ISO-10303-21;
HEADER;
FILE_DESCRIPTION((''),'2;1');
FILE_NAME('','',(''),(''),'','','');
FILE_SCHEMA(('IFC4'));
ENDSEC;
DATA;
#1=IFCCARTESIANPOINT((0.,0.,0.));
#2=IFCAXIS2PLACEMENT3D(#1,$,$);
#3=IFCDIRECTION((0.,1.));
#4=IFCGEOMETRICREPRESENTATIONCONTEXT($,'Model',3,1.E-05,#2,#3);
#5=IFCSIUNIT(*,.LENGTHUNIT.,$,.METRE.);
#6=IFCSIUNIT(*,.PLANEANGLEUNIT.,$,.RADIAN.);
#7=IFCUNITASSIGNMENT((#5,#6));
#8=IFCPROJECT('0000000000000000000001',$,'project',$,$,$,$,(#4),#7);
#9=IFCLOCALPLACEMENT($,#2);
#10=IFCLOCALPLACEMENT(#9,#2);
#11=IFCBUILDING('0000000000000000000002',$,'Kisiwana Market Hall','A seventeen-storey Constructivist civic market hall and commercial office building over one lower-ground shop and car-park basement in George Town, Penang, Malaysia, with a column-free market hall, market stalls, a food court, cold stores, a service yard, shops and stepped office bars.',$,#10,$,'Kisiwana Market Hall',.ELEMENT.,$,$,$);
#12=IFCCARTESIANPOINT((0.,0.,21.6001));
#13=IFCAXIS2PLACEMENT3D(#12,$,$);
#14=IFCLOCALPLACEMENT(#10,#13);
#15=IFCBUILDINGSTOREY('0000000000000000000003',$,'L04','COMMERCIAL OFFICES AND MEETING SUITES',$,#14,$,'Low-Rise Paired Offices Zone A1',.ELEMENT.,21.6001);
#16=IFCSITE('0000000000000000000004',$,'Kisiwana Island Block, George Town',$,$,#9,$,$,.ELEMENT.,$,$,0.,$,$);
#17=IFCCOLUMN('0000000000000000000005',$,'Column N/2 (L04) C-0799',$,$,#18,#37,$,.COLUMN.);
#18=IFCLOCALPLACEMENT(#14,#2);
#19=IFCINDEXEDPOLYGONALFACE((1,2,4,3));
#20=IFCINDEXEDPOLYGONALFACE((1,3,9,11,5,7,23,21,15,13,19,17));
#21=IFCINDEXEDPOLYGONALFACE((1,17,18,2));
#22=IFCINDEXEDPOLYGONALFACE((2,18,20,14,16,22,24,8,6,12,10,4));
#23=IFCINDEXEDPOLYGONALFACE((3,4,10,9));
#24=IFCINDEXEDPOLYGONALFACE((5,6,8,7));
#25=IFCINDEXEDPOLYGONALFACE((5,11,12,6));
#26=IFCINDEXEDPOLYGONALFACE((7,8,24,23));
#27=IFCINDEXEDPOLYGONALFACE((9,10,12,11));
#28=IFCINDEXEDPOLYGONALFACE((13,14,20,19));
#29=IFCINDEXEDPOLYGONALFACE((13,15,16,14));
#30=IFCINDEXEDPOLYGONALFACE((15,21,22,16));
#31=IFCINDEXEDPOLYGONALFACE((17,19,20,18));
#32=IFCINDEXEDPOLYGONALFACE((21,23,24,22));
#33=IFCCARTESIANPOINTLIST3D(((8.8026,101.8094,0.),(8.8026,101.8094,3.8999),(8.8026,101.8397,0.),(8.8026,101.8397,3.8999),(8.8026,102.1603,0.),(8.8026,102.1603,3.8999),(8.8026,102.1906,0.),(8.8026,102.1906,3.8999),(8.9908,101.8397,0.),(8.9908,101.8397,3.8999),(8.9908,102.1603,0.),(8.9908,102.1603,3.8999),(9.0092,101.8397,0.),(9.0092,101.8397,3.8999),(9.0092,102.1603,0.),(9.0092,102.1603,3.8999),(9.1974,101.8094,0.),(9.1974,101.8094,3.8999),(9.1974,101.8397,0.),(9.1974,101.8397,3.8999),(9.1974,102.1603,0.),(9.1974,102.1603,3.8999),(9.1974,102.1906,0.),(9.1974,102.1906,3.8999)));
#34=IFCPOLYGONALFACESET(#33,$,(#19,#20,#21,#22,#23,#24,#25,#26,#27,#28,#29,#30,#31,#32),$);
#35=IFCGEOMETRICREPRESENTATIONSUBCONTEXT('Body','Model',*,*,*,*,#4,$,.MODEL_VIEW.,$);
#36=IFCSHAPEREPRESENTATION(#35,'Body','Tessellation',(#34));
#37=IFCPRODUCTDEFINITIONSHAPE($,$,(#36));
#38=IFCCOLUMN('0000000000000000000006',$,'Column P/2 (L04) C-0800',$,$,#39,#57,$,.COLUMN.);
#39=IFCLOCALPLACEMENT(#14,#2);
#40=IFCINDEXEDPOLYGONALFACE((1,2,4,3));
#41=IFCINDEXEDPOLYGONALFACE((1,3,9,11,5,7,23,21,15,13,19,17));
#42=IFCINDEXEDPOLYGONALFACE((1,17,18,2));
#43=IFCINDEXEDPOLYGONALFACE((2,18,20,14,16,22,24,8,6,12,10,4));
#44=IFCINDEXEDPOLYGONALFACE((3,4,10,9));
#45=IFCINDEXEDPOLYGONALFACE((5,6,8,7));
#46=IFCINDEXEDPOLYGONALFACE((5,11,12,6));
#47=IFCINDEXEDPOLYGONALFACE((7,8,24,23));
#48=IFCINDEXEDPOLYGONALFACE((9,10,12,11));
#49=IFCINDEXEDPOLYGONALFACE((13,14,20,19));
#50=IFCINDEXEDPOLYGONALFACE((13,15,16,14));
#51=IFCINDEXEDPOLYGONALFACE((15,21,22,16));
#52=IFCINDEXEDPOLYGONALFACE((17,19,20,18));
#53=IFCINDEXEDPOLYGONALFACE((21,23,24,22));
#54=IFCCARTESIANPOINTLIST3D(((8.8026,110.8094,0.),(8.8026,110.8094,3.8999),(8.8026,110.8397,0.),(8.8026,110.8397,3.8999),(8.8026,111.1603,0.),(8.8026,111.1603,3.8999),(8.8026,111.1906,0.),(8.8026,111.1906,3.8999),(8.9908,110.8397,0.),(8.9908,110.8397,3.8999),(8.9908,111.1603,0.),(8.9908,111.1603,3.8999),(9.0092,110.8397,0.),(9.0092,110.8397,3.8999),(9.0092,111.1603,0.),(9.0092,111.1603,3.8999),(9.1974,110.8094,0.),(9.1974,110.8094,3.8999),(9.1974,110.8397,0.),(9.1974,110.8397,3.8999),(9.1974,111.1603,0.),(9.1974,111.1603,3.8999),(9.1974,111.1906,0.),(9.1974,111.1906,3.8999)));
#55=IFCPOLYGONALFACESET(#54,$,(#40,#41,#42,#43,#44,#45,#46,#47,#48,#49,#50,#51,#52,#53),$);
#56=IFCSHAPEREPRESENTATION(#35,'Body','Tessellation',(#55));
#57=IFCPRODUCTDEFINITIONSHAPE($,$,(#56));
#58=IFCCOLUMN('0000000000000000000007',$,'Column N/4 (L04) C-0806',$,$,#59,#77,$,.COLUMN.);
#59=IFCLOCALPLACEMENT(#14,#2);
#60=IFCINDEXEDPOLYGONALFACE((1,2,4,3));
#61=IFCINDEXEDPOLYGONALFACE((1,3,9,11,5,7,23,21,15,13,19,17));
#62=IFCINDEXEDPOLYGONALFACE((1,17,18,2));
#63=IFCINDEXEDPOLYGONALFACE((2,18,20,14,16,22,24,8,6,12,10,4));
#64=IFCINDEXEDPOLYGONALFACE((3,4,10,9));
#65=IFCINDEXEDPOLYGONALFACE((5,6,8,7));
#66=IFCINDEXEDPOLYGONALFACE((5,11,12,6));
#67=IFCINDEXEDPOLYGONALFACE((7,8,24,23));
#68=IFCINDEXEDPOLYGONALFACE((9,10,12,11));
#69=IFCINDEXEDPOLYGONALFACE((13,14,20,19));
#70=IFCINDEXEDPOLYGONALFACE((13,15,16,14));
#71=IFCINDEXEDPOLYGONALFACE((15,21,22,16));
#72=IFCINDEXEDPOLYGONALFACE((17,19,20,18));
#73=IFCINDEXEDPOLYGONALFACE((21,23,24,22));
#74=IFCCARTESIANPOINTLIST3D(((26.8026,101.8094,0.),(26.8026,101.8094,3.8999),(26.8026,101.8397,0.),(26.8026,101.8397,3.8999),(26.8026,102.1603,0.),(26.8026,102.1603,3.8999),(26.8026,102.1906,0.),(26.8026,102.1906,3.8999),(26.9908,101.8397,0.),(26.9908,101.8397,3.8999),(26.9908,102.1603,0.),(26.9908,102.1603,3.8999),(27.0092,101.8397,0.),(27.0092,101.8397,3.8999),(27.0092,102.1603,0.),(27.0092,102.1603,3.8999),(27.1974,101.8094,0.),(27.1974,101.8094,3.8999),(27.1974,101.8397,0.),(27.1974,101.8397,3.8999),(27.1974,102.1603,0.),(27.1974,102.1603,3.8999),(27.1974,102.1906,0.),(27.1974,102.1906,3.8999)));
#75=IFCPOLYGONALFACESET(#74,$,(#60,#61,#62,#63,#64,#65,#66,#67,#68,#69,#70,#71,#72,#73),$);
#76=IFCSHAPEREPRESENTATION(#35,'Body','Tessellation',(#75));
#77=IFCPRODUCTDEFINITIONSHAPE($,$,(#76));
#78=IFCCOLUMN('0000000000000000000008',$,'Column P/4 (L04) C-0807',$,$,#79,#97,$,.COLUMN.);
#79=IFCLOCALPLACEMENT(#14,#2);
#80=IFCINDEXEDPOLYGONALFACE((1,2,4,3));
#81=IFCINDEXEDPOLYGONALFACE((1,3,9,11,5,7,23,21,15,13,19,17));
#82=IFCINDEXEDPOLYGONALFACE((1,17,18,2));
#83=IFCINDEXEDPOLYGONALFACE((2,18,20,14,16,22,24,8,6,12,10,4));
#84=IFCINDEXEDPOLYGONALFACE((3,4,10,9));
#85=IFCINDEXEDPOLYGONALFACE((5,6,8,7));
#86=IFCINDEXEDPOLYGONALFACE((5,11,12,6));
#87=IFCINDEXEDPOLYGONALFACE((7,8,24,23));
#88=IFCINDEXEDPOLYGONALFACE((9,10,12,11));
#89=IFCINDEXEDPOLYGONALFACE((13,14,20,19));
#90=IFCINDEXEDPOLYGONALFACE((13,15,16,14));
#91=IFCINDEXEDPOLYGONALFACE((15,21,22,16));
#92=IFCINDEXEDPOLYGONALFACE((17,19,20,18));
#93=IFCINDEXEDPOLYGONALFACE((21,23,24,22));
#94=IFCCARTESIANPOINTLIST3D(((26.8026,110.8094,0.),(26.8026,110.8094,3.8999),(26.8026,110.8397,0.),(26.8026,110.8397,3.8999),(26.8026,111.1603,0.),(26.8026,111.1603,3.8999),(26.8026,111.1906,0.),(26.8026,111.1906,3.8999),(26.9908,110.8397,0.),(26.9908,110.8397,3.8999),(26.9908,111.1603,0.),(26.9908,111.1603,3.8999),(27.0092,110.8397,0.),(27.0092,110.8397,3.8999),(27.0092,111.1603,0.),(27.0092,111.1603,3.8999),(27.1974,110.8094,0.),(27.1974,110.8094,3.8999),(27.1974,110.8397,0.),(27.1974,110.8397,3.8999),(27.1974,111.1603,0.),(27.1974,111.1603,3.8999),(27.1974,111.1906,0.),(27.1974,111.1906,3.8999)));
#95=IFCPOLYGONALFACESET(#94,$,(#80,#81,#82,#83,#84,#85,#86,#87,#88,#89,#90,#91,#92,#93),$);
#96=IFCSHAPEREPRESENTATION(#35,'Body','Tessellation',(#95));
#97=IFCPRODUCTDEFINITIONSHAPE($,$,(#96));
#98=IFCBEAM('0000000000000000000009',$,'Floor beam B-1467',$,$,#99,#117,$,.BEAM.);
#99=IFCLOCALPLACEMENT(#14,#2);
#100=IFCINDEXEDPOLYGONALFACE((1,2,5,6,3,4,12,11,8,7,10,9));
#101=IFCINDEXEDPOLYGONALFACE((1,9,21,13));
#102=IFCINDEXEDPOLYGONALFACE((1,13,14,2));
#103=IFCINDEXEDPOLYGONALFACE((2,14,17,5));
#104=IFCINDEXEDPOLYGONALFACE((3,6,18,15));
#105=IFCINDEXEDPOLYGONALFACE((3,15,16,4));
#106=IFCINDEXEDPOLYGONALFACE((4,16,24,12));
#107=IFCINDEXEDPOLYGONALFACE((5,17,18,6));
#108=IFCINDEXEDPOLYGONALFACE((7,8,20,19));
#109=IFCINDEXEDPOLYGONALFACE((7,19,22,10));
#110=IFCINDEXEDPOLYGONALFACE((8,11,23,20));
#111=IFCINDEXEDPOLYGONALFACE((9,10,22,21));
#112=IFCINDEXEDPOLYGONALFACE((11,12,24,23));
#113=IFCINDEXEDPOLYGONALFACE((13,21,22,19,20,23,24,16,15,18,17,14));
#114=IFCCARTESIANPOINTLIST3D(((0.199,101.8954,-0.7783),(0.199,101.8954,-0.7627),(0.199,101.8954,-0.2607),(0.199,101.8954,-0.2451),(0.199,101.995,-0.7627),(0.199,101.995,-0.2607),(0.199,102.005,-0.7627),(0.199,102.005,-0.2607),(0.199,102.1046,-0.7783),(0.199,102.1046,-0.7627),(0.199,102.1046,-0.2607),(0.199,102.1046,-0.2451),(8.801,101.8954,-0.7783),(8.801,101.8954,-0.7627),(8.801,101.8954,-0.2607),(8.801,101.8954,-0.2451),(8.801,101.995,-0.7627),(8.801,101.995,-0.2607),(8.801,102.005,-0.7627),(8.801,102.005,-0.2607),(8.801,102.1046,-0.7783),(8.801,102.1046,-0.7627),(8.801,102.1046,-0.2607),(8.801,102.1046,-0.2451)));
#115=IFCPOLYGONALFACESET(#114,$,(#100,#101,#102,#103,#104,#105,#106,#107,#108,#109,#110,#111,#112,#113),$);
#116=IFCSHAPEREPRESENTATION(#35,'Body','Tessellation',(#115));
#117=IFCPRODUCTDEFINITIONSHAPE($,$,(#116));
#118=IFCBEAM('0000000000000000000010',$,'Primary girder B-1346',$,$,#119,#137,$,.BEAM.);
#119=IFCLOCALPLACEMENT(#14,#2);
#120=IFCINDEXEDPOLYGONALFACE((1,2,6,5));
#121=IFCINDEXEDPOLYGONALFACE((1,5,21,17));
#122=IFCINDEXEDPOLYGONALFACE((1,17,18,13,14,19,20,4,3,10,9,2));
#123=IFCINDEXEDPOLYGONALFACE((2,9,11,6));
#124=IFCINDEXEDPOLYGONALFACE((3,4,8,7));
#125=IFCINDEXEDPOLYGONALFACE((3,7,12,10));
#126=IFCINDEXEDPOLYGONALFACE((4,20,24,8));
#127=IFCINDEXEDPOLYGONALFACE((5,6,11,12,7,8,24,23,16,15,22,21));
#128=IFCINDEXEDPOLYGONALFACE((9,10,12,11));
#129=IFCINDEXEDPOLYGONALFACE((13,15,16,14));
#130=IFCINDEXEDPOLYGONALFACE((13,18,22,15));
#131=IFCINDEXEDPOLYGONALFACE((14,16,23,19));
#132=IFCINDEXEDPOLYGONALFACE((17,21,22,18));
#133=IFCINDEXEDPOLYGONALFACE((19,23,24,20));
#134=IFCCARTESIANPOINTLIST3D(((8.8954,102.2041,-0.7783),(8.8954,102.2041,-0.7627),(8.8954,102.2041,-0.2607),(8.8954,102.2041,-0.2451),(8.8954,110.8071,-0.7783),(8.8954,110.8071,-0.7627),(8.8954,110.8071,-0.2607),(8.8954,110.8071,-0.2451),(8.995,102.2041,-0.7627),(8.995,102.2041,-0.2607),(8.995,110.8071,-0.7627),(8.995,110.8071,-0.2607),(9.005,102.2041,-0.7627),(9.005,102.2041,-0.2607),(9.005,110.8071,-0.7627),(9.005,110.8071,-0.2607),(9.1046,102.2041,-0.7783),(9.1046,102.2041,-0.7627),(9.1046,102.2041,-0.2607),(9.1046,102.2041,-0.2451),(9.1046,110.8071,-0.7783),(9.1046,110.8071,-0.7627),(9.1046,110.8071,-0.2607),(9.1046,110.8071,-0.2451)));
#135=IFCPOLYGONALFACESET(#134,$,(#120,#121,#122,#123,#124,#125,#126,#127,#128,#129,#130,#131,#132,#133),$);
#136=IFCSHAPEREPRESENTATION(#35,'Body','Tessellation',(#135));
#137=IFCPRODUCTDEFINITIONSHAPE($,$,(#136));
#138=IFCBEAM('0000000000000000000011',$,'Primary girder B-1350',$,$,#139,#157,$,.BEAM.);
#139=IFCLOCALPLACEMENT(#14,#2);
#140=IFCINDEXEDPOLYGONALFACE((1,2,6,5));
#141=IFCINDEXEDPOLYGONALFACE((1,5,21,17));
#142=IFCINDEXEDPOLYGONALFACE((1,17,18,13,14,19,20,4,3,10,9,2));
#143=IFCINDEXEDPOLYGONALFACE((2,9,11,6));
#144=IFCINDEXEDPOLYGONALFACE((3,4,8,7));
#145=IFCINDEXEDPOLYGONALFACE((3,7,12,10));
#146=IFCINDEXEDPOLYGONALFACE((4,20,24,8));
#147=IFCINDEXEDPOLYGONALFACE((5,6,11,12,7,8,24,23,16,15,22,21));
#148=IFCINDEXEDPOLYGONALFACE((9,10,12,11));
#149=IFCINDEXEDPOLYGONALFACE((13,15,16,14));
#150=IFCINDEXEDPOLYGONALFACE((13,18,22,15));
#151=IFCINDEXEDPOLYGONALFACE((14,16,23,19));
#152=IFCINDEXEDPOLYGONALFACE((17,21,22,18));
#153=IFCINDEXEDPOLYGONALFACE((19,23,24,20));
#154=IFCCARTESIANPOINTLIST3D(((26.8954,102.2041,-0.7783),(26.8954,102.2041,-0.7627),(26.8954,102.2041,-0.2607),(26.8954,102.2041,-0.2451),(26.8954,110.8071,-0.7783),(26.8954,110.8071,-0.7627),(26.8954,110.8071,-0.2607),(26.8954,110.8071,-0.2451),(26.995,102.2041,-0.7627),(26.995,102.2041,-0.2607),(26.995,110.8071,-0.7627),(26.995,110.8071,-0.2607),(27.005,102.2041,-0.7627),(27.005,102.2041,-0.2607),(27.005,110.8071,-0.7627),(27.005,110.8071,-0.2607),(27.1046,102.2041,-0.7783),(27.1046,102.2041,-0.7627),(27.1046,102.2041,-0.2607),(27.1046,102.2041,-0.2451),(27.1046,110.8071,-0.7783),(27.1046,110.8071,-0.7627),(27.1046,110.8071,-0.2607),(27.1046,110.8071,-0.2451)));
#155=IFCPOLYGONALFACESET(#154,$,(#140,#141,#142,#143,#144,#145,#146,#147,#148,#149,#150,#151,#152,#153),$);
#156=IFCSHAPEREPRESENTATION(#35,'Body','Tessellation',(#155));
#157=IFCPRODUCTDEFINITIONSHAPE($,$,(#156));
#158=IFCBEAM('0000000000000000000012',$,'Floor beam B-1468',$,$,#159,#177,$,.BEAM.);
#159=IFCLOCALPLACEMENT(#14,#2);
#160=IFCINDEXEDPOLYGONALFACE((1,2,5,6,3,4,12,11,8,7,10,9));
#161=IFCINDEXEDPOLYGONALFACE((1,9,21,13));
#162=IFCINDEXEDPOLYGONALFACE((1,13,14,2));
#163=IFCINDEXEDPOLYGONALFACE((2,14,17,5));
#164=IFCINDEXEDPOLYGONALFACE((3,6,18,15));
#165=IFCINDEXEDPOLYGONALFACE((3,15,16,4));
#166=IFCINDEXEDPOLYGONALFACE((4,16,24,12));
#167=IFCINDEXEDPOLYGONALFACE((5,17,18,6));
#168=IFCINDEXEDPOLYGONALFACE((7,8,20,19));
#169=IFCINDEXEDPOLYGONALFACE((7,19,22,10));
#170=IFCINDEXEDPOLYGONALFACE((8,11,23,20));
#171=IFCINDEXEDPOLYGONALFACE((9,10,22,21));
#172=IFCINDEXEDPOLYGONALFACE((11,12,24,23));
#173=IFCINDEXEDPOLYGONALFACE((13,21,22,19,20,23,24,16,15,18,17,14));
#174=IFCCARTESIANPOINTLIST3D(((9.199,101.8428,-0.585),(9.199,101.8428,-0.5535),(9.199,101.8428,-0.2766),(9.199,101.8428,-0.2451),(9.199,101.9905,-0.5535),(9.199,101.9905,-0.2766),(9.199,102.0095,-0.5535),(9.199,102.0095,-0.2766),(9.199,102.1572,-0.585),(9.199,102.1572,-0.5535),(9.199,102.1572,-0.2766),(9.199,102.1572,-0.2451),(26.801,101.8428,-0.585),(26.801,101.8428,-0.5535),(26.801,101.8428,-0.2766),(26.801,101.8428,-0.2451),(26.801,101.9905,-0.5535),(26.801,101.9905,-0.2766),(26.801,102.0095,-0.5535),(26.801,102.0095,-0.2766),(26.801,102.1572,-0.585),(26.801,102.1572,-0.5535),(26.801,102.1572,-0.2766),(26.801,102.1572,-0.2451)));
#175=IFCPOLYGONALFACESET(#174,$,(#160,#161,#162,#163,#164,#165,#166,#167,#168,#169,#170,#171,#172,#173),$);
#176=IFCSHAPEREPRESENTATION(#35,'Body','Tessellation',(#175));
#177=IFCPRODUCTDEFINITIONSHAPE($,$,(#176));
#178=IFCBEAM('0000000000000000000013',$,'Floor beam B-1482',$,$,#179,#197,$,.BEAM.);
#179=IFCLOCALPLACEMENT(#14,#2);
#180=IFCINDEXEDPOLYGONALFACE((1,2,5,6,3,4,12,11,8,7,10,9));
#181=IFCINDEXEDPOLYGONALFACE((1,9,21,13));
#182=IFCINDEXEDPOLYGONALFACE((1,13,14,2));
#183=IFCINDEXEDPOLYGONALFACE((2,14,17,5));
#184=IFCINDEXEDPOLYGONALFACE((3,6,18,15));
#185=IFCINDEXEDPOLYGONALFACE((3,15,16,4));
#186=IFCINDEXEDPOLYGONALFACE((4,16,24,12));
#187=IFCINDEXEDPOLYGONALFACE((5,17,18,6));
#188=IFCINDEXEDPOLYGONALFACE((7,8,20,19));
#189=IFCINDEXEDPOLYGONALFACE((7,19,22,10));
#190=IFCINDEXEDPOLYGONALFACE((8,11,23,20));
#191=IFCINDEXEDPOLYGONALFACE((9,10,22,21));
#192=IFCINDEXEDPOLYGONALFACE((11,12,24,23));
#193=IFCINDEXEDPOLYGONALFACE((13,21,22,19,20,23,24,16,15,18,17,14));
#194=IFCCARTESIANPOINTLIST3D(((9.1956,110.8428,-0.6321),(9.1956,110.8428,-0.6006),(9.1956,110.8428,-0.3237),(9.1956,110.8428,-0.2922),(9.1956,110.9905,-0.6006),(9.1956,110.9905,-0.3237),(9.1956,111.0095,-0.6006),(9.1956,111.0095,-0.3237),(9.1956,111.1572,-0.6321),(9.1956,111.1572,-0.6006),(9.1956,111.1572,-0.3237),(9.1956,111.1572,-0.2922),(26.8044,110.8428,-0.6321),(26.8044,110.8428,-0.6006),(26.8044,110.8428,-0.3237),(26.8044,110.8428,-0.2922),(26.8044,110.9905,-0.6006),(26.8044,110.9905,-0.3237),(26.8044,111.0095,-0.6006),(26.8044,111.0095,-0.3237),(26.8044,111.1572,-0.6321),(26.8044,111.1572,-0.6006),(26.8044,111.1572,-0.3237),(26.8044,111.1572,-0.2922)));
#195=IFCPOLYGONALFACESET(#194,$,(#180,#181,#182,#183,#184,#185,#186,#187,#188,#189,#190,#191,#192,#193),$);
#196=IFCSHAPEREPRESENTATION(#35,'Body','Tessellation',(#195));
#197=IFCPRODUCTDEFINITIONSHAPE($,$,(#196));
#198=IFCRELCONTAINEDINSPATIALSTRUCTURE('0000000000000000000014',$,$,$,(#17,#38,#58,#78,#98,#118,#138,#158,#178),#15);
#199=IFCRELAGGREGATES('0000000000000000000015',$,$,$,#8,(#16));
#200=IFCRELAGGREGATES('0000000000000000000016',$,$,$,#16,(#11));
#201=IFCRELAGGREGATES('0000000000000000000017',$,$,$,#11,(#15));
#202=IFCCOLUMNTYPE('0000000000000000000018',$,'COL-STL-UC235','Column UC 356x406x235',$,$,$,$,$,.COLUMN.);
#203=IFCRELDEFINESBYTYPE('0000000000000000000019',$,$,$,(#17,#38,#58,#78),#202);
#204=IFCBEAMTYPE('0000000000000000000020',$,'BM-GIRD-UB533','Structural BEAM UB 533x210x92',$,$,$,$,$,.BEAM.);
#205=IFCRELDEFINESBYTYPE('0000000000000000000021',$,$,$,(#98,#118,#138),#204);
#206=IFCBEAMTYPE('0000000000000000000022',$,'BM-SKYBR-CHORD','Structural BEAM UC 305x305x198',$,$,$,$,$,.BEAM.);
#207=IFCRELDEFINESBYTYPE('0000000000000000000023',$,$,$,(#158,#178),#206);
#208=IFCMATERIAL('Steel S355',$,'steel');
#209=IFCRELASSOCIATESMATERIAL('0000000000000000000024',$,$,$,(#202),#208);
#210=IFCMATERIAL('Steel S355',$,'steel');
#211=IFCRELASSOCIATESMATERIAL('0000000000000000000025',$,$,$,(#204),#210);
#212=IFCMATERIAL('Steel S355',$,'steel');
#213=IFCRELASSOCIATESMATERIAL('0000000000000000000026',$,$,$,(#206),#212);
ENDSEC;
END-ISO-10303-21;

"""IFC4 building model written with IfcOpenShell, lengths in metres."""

from ifc_helpers import new_model, si_unit, direction, frame, origin, origin_2d, place, context, subcontext, project, spatial, i_section, extrude, material, material_profile, profile_set, type_object, element, save


model = new_model("IFC4")

# Units and contexts
model_context = context("Model", 3, precision=1e-05, world=origin(), true_north=direction((0.0, 1.0)))
body_context = subcontext(model_context, "Body", "Model", "MODEL_VIEW")
ifc_project = project(units=[si_unit("LENGTHUNIT", "METRE"), si_unit("PLANEANGLEUNIT", "RADIAN")], contexts=[model_context])

# Site, building, storey
site_placement = place(None, origin())
site = spatial("IfcSite", under=ifc_project, at=site_placement, Name="Kisiwana Island Block, George Town", CompositionType="ELEMENT", RefElevation=0.0)
building_placement = place(site_placement, origin())
building = spatial("IfcBuilding", under=site, at=building_placement, Name="Kisiwana Market Hall", Description="A seventeen-storey Constructivist civic market hall and commercial office building over one lower-ground shop and car-park basement in George Town, Penang, Malaysia, with a column-free market hall, market stalls, a food court, cold stores, a service yard, shops and stepped office bars.", LongName="Kisiwana Market Hall", CompositionType="ELEMENT")
storey_placement = place(building_placement, frame((0.0, 0.0, 21.6001)))
storey = spatial("IfcBuildingStorey", under=building, at=storey_placement, Name="L04", Description="COMMERCIAL OFFICES AND MEETING SUITES", LongName="Low-Rise Paired Offices Zone A1", CompositionType="ELEMENT", Elevation=21.6001)

# Columns
ifc_material_1 = material(Name="Steel S355", Category="steel")
ifc_material_profile_1 = material_profile(ifc_material_1, i_section(OverallWidth=0.3948, OverallDepth=0.3811, WebThickness=0.0183, FlangeThickness=0.0303, at=origin_2d()), Name="UC 356x406x235")
ifc_profile_set_1 = profile_set([ifc_material_profile_1], Name="Steel S355")
column_type = type_object("IfcColumnType", Name="COL-STL-UC235", Description="Column UC 356x406x235", PredefinedType="COLUMN", material=ifc_profile_set_1)
for number, where, z_axis, x_axis, name in (
    (1, (9.0, 102.0, 0.0), (0.0, 0.0, 1.0), (1.0, 0.0, 0.0), "Column N/2 (L04) C-0799"),
    (2, (9.0, 111.0, 0.0), (0.0, 0.0, 1.0), (1.0, 0.0, 0.0), "Column P/2 (L04) C-0800"),
    (3, (27.0, 102.0, 0.0), (0.0, 0.0, 1.0), (1.0, 0.0, 0.0), "Column N/4 (L04) C-0806"),
    (4, (27.0, 111.0, 0.0), (0.0, 0.0, 1.0), (1.0, 0.0, 0.0), "Column P/4 (L04) C-0807"),
):
    element("IfcColumn", number, at=place(storey_placement, frame(where, z_axis=z_axis, x_axis=x_axis)), inside=storey, type_object=column_type, Name=name, PredefinedType="COLUMN", context=body_context, shape_type="SweptSolid", body=[
        extrude(i_section(OverallWidth=0.3948, OverallDepth=0.3811, WebThickness=0.0183, FlangeThickness=0.0303, at=origin_2d()), origin(), (0.0, 0.0, 1.0), 3.8999),
    ])

# Beams
ifc_material_2 = material(Name="Steel S355", Category="steel")
ifc_material_profile_2 = material_profile(ifc_material_2, i_section(OverallWidth=0.2092, OverallDepth=0.5332, WebThickness=0.01, FlangeThickness=0.0156, at=origin_2d()), Name="UB 533x210x92")
ifc_profile_set_2 = profile_set([ifc_material_profile_2], Name="Steel S355")
beam_type_1 = type_object("IfcBeamType", Name="BM-GIRD-UB533", Description="Structural BEAM UB 533x210x92", PredefinedType="BEAM", material=ifc_profile_set_2)
beam_1_placement = place(storey_placement, frame((0.199, 102.0, -0.5117), z_axis=(1.0, 0.0, 0.0), x_axis=(0.0, 1.0, 0.0)))
element("IfcBeam", 5, at=beam_1_placement, inside=storey, type_object=beam_type_1, Name="Floor beam B-1467", PredefinedType="BEAM", context=body_context, shape_type="SweptSolid", body=[
    extrude(i_section(OverallWidth=0.2092, OverallDepth=0.5332, WebThickness=0.01, FlangeThickness=0.0156, at=origin_2d()), origin(), (0.0, 0.0, 1.0), 8.6021),
])
for number, where, z_axis, x_axis, name in (
    (6, (9.0, 102.2041, -0.5117), (0.0, 1.0, 0.0), (-1.0, 0.0, 0.0), "Primary girder B-1346"),
    (7, (27.0, 102.2041, -0.5117), (0.0, 1.0, 0.0), (-1.0, 0.0, 0.0), "Primary girder B-1350"),
):
    element("IfcBeam", number, at=place(storey_placement, frame(where, z_axis=z_axis, x_axis=x_axis)), inside=storey, type_object=beam_type_1, Name=name, PredefinedType="BEAM", context=body_context, shape_type="SweptSolid", body=[
        extrude(i_section(OverallWidth=0.2092, OverallDepth=0.5332, WebThickness=0.01, FlangeThickness=0.0156, at=origin_2d()), origin(), (0.0, 0.0, 1.0), 8.603),
    ])
ifc_material_3 = material(Name="Steel S355", Category="steel")
ifc_material_profile_3 = material_profile(ifc_material_3, i_section(OverallWidth=0.3145, OverallDepth=0.3398, WebThickness=0.019, FlangeThickness=0.0315, at=origin_2d()), Name="UC 305x305x198")
ifc_profile_set_3 = profile_set([ifc_material_profile_3], Name="Steel S355")
beam_type_2 = type_object("IfcBeamType", Name="BM-SKYBR-CHORD", Description="Structural BEAM UC 305x305x198", PredefinedType="BEAM", material=ifc_profile_set_3)
beam_2_placement = place(storey_placement, frame((9.199, 102.0, -0.415), z_axis=(1.0, 0.0, 0.0), x_axis=(0.0, 1.0, 0.0)))
element("IfcBeam", 8, at=beam_2_placement, inside=storey, type_object=beam_type_2, Name="Floor beam B-1468", PredefinedType="BEAM", context=body_context, shape_type="SweptSolid", body=[
    extrude(i_section(OverallWidth=0.3145, OverallDepth=0.3398, WebThickness=0.019, FlangeThickness=0.0315, at=origin_2d()), origin(), (0.0, 0.0, 1.0), 17.6021),
])
beam_3_placement = place(storey_placement, frame((9.1956, 111.0, -0.4622), z_axis=(1.0, 0.0, 0.0), x_axis=(0.0, 1.0, 0.0)))
element("IfcBeam", 9, at=beam_3_placement, inside=storey, type_object=beam_type_2, Name="Floor beam B-1482", PredefinedType="BEAM", context=body_context, shape_type="SweptSolid", body=[
    extrude(i_section(OverallWidth=0.3145, OverallDepth=0.3398, WebThickness=0.019, FlangeThickness=0.0315, at=origin_2d()), origin(), (0.0, 0.0, 1.0), 17.6089),
])

save(model, "model.ifc")
